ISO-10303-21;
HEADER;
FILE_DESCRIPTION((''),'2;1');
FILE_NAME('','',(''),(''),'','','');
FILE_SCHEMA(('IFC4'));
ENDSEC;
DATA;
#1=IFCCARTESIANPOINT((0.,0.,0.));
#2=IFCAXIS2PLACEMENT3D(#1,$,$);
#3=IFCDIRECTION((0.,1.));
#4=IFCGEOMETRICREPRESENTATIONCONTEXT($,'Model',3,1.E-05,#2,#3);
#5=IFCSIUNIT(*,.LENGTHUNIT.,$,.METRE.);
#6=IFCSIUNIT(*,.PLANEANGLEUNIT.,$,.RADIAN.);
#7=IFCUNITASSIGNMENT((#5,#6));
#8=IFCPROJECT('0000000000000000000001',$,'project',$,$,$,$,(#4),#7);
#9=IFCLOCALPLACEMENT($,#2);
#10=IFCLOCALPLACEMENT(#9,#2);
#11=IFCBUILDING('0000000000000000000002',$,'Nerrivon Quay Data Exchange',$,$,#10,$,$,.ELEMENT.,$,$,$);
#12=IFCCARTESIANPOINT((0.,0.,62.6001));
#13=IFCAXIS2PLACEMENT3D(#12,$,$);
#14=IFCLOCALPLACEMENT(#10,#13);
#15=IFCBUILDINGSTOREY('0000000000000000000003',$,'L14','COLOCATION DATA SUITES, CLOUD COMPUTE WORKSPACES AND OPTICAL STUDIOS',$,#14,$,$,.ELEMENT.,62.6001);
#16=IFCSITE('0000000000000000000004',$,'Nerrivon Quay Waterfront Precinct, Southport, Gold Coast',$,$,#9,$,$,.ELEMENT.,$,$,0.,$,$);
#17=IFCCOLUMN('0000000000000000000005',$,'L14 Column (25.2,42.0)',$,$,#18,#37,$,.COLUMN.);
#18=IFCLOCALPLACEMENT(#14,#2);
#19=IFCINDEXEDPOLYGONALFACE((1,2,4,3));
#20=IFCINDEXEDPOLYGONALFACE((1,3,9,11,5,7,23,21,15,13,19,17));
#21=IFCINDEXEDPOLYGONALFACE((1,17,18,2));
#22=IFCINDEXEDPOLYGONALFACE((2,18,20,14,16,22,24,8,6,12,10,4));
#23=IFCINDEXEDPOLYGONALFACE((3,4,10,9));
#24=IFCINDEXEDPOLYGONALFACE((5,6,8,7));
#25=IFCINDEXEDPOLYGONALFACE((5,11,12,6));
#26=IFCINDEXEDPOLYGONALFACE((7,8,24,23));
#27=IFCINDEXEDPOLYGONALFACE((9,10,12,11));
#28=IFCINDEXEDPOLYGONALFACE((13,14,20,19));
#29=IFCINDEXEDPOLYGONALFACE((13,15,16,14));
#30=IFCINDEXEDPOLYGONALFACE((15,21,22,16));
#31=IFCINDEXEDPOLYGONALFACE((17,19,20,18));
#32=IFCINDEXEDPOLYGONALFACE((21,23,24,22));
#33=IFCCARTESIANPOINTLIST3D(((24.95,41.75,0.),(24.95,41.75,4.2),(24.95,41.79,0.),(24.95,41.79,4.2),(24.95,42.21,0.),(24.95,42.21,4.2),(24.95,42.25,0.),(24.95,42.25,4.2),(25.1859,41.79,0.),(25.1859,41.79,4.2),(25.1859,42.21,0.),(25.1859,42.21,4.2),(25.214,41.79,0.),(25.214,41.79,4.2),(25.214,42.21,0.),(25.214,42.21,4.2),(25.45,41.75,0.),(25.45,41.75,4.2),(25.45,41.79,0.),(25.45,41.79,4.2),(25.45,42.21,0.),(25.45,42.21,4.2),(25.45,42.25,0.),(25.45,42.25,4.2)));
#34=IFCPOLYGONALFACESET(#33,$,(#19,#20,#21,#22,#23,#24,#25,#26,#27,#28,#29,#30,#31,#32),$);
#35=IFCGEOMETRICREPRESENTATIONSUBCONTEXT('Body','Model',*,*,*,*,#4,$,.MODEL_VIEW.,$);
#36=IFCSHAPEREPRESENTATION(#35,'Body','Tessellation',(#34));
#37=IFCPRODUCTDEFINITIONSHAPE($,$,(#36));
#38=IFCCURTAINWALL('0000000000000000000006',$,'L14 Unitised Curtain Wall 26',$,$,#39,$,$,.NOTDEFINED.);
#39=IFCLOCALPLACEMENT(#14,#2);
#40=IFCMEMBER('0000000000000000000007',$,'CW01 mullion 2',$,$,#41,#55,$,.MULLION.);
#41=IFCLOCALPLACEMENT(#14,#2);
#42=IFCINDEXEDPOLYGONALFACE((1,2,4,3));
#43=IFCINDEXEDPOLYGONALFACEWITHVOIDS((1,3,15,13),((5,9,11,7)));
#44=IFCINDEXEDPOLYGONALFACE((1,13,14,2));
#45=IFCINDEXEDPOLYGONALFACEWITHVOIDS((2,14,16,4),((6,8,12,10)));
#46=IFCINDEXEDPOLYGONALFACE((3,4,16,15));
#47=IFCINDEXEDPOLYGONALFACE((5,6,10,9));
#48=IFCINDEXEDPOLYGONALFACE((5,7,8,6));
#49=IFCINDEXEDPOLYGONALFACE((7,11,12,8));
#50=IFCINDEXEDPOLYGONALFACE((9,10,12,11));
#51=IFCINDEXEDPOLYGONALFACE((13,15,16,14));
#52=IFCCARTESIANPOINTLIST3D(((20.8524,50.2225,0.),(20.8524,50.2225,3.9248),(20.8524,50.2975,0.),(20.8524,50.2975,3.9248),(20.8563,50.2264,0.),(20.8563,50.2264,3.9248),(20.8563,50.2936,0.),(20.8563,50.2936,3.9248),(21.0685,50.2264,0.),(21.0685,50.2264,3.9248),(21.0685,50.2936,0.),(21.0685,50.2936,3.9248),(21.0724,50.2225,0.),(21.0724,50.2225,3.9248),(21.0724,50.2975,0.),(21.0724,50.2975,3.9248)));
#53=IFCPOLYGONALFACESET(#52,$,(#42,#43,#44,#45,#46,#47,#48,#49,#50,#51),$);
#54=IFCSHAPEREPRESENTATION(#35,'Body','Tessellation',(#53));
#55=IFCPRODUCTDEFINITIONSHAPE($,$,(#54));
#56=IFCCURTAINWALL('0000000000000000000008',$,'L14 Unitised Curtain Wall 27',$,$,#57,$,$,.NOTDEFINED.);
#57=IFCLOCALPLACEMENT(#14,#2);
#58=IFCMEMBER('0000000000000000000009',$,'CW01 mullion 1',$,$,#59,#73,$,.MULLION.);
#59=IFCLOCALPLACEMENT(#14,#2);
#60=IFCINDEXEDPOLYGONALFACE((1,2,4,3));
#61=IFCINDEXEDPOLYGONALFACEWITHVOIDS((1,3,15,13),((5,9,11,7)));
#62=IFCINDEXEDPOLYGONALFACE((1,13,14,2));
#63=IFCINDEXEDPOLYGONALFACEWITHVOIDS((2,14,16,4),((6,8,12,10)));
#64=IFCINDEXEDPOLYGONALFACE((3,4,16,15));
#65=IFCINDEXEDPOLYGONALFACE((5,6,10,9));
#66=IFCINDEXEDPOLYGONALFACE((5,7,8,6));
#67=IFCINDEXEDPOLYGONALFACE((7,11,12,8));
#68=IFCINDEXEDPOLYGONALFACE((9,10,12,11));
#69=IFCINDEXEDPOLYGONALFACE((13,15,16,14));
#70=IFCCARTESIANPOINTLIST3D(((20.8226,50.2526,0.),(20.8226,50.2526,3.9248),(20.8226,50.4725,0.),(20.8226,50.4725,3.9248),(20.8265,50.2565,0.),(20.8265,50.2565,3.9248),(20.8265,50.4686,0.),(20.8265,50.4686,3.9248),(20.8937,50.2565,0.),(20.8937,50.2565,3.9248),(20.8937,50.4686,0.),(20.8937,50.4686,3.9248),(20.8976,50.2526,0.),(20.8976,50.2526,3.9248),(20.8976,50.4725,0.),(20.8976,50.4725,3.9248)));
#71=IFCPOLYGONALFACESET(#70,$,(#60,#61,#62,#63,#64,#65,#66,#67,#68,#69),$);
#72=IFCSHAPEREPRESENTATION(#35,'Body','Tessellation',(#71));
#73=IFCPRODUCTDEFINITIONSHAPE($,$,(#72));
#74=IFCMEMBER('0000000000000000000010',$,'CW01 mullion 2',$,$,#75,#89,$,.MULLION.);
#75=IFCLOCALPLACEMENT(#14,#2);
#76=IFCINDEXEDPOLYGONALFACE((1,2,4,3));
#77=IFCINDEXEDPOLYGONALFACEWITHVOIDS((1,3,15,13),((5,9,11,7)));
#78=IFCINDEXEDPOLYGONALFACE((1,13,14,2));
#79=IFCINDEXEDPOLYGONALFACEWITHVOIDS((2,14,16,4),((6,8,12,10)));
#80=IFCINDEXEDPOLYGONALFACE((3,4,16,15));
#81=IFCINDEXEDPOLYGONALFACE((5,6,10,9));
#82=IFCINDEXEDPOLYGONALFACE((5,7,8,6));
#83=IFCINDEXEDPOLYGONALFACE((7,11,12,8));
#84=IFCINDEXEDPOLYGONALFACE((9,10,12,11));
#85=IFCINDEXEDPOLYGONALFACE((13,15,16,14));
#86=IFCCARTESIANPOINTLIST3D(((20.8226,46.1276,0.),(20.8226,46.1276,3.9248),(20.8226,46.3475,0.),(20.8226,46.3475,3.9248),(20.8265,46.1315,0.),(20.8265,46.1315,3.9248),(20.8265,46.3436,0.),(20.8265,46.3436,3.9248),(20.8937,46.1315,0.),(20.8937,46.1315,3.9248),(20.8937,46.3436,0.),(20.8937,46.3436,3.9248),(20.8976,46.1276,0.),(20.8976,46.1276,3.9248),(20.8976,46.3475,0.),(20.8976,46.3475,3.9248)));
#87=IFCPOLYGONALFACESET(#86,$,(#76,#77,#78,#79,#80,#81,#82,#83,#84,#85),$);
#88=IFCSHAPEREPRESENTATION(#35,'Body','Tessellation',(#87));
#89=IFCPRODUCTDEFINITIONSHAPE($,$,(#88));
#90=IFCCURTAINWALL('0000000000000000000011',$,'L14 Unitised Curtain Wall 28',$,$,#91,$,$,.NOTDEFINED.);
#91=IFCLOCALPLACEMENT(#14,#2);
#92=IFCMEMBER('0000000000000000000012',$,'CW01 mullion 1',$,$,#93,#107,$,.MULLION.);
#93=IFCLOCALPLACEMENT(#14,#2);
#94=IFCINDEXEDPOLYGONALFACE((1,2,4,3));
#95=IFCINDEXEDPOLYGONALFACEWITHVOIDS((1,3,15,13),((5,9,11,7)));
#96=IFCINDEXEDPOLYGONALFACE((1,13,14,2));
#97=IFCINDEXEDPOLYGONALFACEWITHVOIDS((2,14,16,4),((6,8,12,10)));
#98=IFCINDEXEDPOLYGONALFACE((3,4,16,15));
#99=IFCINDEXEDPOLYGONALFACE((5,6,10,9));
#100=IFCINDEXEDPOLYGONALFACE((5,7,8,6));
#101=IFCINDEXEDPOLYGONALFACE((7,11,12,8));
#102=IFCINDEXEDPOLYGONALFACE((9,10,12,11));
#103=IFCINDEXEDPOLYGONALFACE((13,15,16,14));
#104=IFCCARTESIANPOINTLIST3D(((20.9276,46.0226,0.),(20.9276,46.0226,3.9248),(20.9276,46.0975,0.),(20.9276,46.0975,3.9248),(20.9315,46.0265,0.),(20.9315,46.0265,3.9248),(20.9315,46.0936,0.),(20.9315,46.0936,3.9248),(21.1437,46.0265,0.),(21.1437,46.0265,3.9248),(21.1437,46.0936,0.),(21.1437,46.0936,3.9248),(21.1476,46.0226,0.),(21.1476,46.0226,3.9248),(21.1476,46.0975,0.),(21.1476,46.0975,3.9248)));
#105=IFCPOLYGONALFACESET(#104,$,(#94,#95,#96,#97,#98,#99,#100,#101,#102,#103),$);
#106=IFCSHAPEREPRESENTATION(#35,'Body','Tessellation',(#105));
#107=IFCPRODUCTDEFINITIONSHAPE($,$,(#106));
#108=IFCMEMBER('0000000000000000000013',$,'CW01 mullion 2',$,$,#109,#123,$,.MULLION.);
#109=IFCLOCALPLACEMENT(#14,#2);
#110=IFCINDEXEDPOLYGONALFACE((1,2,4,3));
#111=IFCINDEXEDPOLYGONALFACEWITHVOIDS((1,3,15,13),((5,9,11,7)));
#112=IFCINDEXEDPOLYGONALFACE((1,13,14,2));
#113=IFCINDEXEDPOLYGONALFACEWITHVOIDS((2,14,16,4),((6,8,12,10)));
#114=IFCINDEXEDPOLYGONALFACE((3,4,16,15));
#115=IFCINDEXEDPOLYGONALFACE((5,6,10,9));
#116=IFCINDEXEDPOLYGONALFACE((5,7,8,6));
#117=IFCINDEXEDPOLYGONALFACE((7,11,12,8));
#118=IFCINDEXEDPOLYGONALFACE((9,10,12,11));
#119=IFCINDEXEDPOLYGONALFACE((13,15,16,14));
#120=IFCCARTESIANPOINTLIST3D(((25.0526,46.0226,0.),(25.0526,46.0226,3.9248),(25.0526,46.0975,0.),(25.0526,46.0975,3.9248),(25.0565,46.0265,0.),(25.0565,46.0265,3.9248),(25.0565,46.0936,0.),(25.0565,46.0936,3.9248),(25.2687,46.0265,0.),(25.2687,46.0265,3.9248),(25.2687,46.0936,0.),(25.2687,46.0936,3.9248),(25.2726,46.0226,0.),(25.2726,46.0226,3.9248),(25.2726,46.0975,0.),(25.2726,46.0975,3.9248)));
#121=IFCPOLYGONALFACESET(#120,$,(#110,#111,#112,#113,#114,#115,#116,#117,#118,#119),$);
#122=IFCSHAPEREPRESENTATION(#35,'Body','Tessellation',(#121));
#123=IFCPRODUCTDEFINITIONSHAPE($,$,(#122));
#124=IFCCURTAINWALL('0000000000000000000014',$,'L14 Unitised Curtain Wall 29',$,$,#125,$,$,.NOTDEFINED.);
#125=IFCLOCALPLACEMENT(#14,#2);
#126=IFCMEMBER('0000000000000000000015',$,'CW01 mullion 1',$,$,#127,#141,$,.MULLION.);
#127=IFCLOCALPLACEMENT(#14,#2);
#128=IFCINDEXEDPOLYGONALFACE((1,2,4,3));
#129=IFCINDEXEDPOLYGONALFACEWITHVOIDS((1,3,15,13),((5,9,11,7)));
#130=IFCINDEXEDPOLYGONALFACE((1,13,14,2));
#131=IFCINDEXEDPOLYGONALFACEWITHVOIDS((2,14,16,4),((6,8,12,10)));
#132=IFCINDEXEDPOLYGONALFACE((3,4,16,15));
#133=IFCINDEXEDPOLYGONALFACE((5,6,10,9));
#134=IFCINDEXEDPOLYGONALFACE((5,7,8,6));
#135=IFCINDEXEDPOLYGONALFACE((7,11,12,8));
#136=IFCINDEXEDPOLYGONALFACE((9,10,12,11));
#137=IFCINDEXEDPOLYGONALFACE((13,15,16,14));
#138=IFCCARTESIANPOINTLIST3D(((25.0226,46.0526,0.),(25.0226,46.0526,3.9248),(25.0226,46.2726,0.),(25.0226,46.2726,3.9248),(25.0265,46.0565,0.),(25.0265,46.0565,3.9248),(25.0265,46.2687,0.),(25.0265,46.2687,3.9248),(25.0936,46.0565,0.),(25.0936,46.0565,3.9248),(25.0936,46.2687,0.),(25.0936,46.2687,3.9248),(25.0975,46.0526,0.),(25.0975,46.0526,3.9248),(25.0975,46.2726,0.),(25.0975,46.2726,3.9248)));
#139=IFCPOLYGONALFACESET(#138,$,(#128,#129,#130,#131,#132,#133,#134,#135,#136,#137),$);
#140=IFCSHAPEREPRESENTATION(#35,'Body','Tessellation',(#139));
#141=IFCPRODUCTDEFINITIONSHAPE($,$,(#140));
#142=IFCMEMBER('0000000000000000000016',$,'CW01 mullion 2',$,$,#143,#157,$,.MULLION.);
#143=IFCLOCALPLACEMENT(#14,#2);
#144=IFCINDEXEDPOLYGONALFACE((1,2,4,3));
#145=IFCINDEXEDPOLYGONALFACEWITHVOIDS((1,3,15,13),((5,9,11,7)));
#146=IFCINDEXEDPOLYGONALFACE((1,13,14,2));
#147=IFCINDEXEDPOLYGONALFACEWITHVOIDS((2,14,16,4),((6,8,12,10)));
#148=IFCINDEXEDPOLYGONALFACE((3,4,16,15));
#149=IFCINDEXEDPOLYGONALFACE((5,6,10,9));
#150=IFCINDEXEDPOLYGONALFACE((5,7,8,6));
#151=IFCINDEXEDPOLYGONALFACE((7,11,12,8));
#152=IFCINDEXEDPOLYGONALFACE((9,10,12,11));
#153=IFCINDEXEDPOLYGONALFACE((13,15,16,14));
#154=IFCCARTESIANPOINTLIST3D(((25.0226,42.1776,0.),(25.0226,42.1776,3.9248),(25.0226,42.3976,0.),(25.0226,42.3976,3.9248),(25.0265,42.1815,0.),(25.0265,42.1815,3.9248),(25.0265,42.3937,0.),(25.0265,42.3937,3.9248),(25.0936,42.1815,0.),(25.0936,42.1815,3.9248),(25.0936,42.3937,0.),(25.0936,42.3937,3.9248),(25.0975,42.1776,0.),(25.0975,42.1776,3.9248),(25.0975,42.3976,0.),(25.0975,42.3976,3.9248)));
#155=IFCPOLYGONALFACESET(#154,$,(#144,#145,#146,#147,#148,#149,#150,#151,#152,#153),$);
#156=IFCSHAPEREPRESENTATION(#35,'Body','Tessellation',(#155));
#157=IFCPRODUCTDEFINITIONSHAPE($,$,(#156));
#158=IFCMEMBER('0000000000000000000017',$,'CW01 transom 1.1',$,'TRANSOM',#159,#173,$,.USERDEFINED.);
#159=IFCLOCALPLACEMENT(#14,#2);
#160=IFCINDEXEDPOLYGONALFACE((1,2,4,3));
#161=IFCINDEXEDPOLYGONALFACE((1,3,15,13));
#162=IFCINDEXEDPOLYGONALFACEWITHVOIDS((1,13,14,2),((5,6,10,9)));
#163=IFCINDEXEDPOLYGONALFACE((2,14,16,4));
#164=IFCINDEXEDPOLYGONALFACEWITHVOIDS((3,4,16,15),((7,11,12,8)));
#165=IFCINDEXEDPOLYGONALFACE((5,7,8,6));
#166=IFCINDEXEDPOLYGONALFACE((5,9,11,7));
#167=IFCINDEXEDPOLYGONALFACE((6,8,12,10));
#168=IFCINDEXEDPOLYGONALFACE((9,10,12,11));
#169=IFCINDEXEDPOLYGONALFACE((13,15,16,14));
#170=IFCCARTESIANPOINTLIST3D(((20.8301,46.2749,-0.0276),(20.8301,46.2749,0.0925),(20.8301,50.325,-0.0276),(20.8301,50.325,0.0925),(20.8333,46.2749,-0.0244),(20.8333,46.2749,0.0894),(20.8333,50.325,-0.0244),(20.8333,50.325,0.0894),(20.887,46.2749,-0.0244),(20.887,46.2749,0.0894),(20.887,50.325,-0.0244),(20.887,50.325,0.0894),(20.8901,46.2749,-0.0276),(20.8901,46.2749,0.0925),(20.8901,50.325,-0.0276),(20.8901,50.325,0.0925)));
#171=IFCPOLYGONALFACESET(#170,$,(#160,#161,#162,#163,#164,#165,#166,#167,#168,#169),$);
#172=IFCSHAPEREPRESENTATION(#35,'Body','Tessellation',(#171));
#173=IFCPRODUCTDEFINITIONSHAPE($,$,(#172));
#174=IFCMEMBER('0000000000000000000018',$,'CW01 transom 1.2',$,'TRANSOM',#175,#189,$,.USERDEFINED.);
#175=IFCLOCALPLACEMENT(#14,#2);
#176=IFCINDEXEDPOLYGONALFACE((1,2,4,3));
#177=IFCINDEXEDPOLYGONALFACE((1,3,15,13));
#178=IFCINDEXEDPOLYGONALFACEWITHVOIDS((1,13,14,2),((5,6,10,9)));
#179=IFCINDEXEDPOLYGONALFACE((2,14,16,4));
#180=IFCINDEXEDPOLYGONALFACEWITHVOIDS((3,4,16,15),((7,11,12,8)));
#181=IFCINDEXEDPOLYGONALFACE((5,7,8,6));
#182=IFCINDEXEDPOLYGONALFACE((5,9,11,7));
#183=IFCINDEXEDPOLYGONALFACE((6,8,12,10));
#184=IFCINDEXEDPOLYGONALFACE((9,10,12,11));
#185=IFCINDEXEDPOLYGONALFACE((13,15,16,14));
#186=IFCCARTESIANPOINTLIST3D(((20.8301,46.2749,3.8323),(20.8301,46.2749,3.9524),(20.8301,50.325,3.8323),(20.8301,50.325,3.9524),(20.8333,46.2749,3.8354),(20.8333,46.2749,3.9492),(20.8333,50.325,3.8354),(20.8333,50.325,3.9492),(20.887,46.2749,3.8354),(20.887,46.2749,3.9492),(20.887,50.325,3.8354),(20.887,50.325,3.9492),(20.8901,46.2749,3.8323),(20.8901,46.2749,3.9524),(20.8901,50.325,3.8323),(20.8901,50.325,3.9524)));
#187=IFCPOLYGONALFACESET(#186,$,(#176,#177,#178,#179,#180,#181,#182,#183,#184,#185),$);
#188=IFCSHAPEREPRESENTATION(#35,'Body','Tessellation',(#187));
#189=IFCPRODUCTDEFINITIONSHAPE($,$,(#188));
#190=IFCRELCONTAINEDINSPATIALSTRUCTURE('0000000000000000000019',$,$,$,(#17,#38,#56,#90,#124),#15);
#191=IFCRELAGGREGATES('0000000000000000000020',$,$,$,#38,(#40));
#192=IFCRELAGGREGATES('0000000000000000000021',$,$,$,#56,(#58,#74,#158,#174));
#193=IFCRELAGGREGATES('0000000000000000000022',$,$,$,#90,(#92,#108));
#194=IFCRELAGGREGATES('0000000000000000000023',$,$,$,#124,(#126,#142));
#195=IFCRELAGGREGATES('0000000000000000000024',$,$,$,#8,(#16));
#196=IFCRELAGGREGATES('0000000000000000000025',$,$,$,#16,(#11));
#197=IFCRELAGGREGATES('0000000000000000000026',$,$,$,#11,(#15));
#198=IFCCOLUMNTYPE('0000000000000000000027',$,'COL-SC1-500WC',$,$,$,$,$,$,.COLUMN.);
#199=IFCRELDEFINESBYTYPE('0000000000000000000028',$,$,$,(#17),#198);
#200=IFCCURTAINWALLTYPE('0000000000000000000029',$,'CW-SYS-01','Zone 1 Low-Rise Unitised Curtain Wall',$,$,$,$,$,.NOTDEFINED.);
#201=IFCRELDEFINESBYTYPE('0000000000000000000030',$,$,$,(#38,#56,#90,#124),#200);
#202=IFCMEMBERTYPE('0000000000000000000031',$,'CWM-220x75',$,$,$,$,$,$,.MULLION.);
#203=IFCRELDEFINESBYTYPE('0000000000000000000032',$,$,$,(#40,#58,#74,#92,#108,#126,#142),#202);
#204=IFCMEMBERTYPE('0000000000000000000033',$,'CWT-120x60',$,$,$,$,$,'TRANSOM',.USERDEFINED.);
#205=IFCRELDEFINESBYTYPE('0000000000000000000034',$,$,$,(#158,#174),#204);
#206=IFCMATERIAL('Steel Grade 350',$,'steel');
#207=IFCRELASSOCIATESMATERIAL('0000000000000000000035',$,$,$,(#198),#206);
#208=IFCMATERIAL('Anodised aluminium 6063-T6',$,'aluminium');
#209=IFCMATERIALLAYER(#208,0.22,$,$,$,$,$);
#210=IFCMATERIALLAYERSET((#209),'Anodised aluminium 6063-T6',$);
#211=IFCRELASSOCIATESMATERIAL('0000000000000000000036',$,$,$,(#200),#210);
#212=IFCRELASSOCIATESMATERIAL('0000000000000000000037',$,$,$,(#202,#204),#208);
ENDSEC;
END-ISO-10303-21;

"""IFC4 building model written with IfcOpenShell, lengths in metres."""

from ifc_helpers import new_model, si_unit, direction, frame, origin, origin_2d, place, context, subcontext, project, spatial, hollow_rectangle, i_section, extrude, material, layer, layer_set, material_profile, profile_set, type_object, element, aggregate, save


model = new_model("IFC4")

# Units and contexts
model_context = context("Model", 3, precision=1e-05, world=origin(), true_north=direction((0.0, 1.0)))
body_context = subcontext(model_context, "Body", "Model", "MODEL_VIEW")
ifc_project = project(units=[si_unit("LENGTHUNIT", "METRE"), si_unit("PLANEANGLEUNIT", "RADIAN")], contexts=[model_context])

# Site, building, storey
site_placement = place(None, origin())
site = spatial("IfcSite", under=ifc_project, at=site_placement, Name="Nerrivon Quay Waterfront Precinct, Southport, Gold Coast", CompositionType="ELEMENT", RefElevation=0.0)
building_placement = place(site_placement, origin())
building = spatial("IfcBuilding", under=site, at=building_placement, Name="Nerrivon Quay Data Exchange", CompositionType="ELEMENT")
storey_placement = place(building_placement, frame((0.0, 0.0, 62.6001)))
storey = spatial("IfcBuildingStorey", under=building, at=storey_placement, Name="L14", Description="COLOCATION DATA SUITES, CLOUD COMPUTE WORKSPACES AND OPTICAL STUDIOS", CompositionType="ELEMENT", Elevation=62.6001)

# Column
ifc_material_1 = material(Name="Steel Grade 350", Category="steel")
ifc_material_profile_1 = material_profile(ifc_material_1, i_section(OverallWidth=0.5, OverallDepth=0.5, WebThickness=0.0281, FlangeThickness=0.04, at=origin_2d()), Name="500WC440")
ifc_profile_set_1 = profile_set([ifc_material_profile_1], Name="Steel Grade 350")
column_type = type_object("IfcColumnType", Name="COL-SC1-500WC", PredefinedType="COLUMN", material=ifc_profile_set_1)
column_placement = place(storey_placement, frame((25.2, 42.0, 0.0), z_axis=(0.0, 0.0, 1.0), x_axis=(1.0, 0.0, 0.0)))
element("IfcColumn", 1, at=column_placement, inside=storey, type_object=column_type, Name="L14 Column (25.2,42.0)", PredefinedType="COLUMN", context=body_context, shape_type="SweptSolid", body=[
    extrude(i_section(OverallWidth=0.5, OverallDepth=0.5, WebThickness=0.0281, FlangeThickness=0.04, at=origin_2d()), origin(), (0.0, 0.0, 1.0), 4.2),
])

# Curtain wall, member
ifc_material_2 = material(Name="Anodised aluminium 6063-T6", Category="aluminium")
ifc_layer_1 = layer(ifc_material_2, 0.22)
ifc_layer_set_1 = layer_set([ifc_layer_1], Name="Anodised aluminium 6063-T6")
curtain_wall_type = type_object("IfcCurtainWallType", Name="CW-SYS-01", Description="Zone 1 Low-Rise Unitised Curtain Wall", PredefinedType="NOTDEFINED", material=ifc_layer_set_1)
curtain_wall_1_placement = place(storey_placement, origin())
curtain_wall_1 = element("IfcCurtainWall", 2, at=curtain_wall_1_placement, inside=storey, type_object=curtain_wall_type, Name="L14 Unitised Curtain Wall 26", PredefinedType="NOTDEFINED")
ifc_material_profile_2 = material_profile(ifc_material_2, hollow_rectangle(XDim=0.075, YDim=0.22, WallThickness=0.0039, at=origin_2d()), Name="ALU-MULL-220x75")
ifc_profile_set_2 = profile_set([ifc_material_profile_2], Name="Anodised aluminium 6063-T6")
member_type_1 = type_object("IfcMemberType", Name="CWM-220x75", PredefinedType="MULLION", material=ifc_profile_set_2)
member_1_placement = place(storey_placement, frame((20.9624, 50.26, 0.0), z_axis=(0.0, 0.0, 1.0), x_axis=(0.0, 1.0, 0.0)))
member_1 = element("IfcMember", 3, at=member_1_placement, type_object=member_type_1, Name="CW01 mullion 2", PredefinedType="MULLION", context=body_context, shape_type="SweptSolid", body=[
    extrude(hollow_rectangle(XDim=0.075, YDim=0.22, WallThickness=0.0039, at=origin_2d()), origin(), (0.0, 0.0, 1.0), 3.9248),
])

# Curtain walls, members
curtain_wall_2_placement = place(storey_placement, origin())
curtain_wall_2 = element("IfcCurtainWall", 4, at=curtain_wall_2_placement, inside=storey, type_object=curtain_wall_type, Name="L14 Unitised Curtain Wall 27", PredefinedType="NOTDEFINED")
member_2_placement = place(storey_placement, frame((20.8601, 50.3625, 0.0), z_axis=(0.0, 0.0, 1.0), x_axis=(1.0, 0.0, 0.0)))
member_2 = element("IfcMember", 5, at=member_2_placement, type_object=member_type_1, Name="CW01 mullion 1", PredefinedType="MULLION", context=body_context, shape_type="SweptSolid", body=[
    extrude(hollow_rectangle(XDim=0.075, YDim=0.22, WallThickness=0.0039, at=origin_2d()), origin(), (0.0, 0.0, 1.0), 3.9248),
])
member_3_placement = place(storey_placement, frame((20.8601, 46.2375, 0.0), z_axis=(0.0, 0.0, 1.0), x_axis=(1.0, 0.0, 0.0)))
member_3 = element("IfcMember", 6, at=member_3_placement, type_object=member_type_1, Name="CW01 mullion 2", PredefinedType="MULLION", context=body_context, shape_type="SweptSolid", body=[
    extrude(hollow_rectangle(XDim=0.075, YDim=0.22, WallThickness=0.0039, at=origin_2d()), origin(), (0.0, 0.0, 1.0), 3.9248),
])
curtain_wall_3_placement = place(storey_placement, origin())
curtain_wall_3 = element("IfcCurtainWall", 7, at=curtain_wall_3_placement, inside=storey, type_object=curtain_wall_type, Name="L14 Unitised Curtain Wall 28", PredefinedType="NOTDEFINED")
member_4_placement = place(storey_placement, frame((21.0376, 46.0601, 0.0), z_axis=(0.0, 0.0, 1.0), x_axis=(0.0, 1.0, 0.0)))
member_4 = element("IfcMember", 8, at=member_4_placement, type_object=member_type_1, Name="CW01 mullion 1", PredefinedType="MULLION", context=body_context, shape_type="SweptSolid", body=[
    extrude(hollow_rectangle(XDim=0.075, YDim=0.22, WallThickness=0.0039, at=origin_2d()), origin(), (0.0, 0.0, 1.0), 3.9248),
])
member_5_placement = place(storey_placement, frame((25.1626, 46.0601, 0.0), z_axis=(0.0, 0.0, 1.0), x_axis=(0.0, 1.0, 0.0)))
member_5 = element("IfcMember", 9, at=member_5_placement, type_object=member_type_1, Name="CW01 mullion 2", PredefinedType="MULLION", context=body_context, shape_type="SweptSolid", body=[
    extrude(hollow_rectangle(XDim=0.075, YDim=0.22, WallThickness=0.0039, at=origin_2d()), origin(), (0.0, 0.0, 1.0), 3.9248),
])
curtain_wall_4_placement = place(storey_placement, origin())
curtain_wall_4 = element("IfcCurtainWall", 10, at=curtain_wall_4_placement, inside=storey, type_object=curtain_wall_type, Name="L14 Unitised Curtain Wall 29", PredefinedType="NOTDEFINED")
member_6_placement = place(storey_placement, frame((25.0601, 46.1626, 0.0), z_axis=(0.0, 0.0, 1.0), x_axis=(1.0, 0.0, 0.0)))
member_6 = element("IfcMember", 11, at=member_6_placement, type_object=member_type_1, Name="CW01 mullion 1", PredefinedType="MULLION", context=body_context, shape_type="SweptSolid", body=[
    extrude(hollow_rectangle(XDim=0.075, YDim=0.22, WallThickness=0.0039, at=origin_2d()), origin(), (0.0, 0.0, 1.0), 3.9248),
])
member_7_placement = place(storey_placement, frame((25.0601, 42.2876, 0.0), z_axis=(0.0, 0.0, 1.0), x_axis=(1.0, 0.0, 0.0)))
member_7 = element("IfcMember", 12, at=member_7_placement, type_object=member_type_1, Name="CW01 mullion 2", PredefinedType="MULLION", context=body_context, shape_type="SweptSolid", body=[
    extrude(hollow_rectangle(XDim=0.075, YDim=0.22, WallThickness=0.0039, at=origin_2d()), origin(), (0.0, 0.0, 1.0), 3.9248),
])

# Members
ifc_material_profile_3 = material_profile(ifc_material_2, hollow_rectangle(XDim=0.0601, YDim=0.1201, WallThickness=0.0032, at=origin_2d()), Name="ALU-TRAN-120x60")
ifc_profile_set_3 = profile_set([ifc_material_profile_3], Name="Anodised aluminium 6063-T6")
member_type_2 = type_object("IfcMemberType", Name="CWT-120x60", ElementType="TRANSOM", PredefinedType="USERDEFINED", material=ifc_profile_set_3)
member_8_placement = place(storey_placement, frame((20.8601, 50.325, 0.0325), z_axis=(0.0, -1.0, 0.0), x_axis=(1.0, 0.0, 0.0)))
member_8 = element("IfcMember", 13, at=member_8_placement, type_object=member_type_2, Name="CW01 transom 1.1", ObjectType="TRANSOM", PredefinedType="USERDEFINED", context=body_context, shape_type="SweptSolid", body=[
    extrude(hollow_rectangle(XDim=0.0601, YDim=0.1201, WallThickness=0.0032, at=origin_2d()), origin(), (0.0, 0.0, 1.0), 4.05),
])
member_9_placement = place(storey_placement, frame((20.8601, 50.325, 3.8923), z_axis=(0.0, -1.0, 0.0), x_axis=(1.0, 0.0, 0.0)))
member_9 = element("IfcMember", 14, at=member_9_placement, type_object=member_type_2, Name="CW01 transom 1.2", ObjectType="TRANSOM", PredefinedType="USERDEFINED", context=body_context, shape_type="SweptSolid", body=[
    extrude(hollow_rectangle(XDim=0.0601, YDim=0.1201, WallThickness=0.0032, at=origin_2d()), origin(), (0.0, 0.0, 1.0), 4.05),
])

aggregate(curtain_wall_1, [member_1])
aggregate(curtain_wall_2, [member_2, member_3, member_8, member_9])
aggregate(curtain_wall_3, [member_4, member_5])
aggregate(curtain_wall_4, [member_6, member_7])

save(model, "model.ifc")
